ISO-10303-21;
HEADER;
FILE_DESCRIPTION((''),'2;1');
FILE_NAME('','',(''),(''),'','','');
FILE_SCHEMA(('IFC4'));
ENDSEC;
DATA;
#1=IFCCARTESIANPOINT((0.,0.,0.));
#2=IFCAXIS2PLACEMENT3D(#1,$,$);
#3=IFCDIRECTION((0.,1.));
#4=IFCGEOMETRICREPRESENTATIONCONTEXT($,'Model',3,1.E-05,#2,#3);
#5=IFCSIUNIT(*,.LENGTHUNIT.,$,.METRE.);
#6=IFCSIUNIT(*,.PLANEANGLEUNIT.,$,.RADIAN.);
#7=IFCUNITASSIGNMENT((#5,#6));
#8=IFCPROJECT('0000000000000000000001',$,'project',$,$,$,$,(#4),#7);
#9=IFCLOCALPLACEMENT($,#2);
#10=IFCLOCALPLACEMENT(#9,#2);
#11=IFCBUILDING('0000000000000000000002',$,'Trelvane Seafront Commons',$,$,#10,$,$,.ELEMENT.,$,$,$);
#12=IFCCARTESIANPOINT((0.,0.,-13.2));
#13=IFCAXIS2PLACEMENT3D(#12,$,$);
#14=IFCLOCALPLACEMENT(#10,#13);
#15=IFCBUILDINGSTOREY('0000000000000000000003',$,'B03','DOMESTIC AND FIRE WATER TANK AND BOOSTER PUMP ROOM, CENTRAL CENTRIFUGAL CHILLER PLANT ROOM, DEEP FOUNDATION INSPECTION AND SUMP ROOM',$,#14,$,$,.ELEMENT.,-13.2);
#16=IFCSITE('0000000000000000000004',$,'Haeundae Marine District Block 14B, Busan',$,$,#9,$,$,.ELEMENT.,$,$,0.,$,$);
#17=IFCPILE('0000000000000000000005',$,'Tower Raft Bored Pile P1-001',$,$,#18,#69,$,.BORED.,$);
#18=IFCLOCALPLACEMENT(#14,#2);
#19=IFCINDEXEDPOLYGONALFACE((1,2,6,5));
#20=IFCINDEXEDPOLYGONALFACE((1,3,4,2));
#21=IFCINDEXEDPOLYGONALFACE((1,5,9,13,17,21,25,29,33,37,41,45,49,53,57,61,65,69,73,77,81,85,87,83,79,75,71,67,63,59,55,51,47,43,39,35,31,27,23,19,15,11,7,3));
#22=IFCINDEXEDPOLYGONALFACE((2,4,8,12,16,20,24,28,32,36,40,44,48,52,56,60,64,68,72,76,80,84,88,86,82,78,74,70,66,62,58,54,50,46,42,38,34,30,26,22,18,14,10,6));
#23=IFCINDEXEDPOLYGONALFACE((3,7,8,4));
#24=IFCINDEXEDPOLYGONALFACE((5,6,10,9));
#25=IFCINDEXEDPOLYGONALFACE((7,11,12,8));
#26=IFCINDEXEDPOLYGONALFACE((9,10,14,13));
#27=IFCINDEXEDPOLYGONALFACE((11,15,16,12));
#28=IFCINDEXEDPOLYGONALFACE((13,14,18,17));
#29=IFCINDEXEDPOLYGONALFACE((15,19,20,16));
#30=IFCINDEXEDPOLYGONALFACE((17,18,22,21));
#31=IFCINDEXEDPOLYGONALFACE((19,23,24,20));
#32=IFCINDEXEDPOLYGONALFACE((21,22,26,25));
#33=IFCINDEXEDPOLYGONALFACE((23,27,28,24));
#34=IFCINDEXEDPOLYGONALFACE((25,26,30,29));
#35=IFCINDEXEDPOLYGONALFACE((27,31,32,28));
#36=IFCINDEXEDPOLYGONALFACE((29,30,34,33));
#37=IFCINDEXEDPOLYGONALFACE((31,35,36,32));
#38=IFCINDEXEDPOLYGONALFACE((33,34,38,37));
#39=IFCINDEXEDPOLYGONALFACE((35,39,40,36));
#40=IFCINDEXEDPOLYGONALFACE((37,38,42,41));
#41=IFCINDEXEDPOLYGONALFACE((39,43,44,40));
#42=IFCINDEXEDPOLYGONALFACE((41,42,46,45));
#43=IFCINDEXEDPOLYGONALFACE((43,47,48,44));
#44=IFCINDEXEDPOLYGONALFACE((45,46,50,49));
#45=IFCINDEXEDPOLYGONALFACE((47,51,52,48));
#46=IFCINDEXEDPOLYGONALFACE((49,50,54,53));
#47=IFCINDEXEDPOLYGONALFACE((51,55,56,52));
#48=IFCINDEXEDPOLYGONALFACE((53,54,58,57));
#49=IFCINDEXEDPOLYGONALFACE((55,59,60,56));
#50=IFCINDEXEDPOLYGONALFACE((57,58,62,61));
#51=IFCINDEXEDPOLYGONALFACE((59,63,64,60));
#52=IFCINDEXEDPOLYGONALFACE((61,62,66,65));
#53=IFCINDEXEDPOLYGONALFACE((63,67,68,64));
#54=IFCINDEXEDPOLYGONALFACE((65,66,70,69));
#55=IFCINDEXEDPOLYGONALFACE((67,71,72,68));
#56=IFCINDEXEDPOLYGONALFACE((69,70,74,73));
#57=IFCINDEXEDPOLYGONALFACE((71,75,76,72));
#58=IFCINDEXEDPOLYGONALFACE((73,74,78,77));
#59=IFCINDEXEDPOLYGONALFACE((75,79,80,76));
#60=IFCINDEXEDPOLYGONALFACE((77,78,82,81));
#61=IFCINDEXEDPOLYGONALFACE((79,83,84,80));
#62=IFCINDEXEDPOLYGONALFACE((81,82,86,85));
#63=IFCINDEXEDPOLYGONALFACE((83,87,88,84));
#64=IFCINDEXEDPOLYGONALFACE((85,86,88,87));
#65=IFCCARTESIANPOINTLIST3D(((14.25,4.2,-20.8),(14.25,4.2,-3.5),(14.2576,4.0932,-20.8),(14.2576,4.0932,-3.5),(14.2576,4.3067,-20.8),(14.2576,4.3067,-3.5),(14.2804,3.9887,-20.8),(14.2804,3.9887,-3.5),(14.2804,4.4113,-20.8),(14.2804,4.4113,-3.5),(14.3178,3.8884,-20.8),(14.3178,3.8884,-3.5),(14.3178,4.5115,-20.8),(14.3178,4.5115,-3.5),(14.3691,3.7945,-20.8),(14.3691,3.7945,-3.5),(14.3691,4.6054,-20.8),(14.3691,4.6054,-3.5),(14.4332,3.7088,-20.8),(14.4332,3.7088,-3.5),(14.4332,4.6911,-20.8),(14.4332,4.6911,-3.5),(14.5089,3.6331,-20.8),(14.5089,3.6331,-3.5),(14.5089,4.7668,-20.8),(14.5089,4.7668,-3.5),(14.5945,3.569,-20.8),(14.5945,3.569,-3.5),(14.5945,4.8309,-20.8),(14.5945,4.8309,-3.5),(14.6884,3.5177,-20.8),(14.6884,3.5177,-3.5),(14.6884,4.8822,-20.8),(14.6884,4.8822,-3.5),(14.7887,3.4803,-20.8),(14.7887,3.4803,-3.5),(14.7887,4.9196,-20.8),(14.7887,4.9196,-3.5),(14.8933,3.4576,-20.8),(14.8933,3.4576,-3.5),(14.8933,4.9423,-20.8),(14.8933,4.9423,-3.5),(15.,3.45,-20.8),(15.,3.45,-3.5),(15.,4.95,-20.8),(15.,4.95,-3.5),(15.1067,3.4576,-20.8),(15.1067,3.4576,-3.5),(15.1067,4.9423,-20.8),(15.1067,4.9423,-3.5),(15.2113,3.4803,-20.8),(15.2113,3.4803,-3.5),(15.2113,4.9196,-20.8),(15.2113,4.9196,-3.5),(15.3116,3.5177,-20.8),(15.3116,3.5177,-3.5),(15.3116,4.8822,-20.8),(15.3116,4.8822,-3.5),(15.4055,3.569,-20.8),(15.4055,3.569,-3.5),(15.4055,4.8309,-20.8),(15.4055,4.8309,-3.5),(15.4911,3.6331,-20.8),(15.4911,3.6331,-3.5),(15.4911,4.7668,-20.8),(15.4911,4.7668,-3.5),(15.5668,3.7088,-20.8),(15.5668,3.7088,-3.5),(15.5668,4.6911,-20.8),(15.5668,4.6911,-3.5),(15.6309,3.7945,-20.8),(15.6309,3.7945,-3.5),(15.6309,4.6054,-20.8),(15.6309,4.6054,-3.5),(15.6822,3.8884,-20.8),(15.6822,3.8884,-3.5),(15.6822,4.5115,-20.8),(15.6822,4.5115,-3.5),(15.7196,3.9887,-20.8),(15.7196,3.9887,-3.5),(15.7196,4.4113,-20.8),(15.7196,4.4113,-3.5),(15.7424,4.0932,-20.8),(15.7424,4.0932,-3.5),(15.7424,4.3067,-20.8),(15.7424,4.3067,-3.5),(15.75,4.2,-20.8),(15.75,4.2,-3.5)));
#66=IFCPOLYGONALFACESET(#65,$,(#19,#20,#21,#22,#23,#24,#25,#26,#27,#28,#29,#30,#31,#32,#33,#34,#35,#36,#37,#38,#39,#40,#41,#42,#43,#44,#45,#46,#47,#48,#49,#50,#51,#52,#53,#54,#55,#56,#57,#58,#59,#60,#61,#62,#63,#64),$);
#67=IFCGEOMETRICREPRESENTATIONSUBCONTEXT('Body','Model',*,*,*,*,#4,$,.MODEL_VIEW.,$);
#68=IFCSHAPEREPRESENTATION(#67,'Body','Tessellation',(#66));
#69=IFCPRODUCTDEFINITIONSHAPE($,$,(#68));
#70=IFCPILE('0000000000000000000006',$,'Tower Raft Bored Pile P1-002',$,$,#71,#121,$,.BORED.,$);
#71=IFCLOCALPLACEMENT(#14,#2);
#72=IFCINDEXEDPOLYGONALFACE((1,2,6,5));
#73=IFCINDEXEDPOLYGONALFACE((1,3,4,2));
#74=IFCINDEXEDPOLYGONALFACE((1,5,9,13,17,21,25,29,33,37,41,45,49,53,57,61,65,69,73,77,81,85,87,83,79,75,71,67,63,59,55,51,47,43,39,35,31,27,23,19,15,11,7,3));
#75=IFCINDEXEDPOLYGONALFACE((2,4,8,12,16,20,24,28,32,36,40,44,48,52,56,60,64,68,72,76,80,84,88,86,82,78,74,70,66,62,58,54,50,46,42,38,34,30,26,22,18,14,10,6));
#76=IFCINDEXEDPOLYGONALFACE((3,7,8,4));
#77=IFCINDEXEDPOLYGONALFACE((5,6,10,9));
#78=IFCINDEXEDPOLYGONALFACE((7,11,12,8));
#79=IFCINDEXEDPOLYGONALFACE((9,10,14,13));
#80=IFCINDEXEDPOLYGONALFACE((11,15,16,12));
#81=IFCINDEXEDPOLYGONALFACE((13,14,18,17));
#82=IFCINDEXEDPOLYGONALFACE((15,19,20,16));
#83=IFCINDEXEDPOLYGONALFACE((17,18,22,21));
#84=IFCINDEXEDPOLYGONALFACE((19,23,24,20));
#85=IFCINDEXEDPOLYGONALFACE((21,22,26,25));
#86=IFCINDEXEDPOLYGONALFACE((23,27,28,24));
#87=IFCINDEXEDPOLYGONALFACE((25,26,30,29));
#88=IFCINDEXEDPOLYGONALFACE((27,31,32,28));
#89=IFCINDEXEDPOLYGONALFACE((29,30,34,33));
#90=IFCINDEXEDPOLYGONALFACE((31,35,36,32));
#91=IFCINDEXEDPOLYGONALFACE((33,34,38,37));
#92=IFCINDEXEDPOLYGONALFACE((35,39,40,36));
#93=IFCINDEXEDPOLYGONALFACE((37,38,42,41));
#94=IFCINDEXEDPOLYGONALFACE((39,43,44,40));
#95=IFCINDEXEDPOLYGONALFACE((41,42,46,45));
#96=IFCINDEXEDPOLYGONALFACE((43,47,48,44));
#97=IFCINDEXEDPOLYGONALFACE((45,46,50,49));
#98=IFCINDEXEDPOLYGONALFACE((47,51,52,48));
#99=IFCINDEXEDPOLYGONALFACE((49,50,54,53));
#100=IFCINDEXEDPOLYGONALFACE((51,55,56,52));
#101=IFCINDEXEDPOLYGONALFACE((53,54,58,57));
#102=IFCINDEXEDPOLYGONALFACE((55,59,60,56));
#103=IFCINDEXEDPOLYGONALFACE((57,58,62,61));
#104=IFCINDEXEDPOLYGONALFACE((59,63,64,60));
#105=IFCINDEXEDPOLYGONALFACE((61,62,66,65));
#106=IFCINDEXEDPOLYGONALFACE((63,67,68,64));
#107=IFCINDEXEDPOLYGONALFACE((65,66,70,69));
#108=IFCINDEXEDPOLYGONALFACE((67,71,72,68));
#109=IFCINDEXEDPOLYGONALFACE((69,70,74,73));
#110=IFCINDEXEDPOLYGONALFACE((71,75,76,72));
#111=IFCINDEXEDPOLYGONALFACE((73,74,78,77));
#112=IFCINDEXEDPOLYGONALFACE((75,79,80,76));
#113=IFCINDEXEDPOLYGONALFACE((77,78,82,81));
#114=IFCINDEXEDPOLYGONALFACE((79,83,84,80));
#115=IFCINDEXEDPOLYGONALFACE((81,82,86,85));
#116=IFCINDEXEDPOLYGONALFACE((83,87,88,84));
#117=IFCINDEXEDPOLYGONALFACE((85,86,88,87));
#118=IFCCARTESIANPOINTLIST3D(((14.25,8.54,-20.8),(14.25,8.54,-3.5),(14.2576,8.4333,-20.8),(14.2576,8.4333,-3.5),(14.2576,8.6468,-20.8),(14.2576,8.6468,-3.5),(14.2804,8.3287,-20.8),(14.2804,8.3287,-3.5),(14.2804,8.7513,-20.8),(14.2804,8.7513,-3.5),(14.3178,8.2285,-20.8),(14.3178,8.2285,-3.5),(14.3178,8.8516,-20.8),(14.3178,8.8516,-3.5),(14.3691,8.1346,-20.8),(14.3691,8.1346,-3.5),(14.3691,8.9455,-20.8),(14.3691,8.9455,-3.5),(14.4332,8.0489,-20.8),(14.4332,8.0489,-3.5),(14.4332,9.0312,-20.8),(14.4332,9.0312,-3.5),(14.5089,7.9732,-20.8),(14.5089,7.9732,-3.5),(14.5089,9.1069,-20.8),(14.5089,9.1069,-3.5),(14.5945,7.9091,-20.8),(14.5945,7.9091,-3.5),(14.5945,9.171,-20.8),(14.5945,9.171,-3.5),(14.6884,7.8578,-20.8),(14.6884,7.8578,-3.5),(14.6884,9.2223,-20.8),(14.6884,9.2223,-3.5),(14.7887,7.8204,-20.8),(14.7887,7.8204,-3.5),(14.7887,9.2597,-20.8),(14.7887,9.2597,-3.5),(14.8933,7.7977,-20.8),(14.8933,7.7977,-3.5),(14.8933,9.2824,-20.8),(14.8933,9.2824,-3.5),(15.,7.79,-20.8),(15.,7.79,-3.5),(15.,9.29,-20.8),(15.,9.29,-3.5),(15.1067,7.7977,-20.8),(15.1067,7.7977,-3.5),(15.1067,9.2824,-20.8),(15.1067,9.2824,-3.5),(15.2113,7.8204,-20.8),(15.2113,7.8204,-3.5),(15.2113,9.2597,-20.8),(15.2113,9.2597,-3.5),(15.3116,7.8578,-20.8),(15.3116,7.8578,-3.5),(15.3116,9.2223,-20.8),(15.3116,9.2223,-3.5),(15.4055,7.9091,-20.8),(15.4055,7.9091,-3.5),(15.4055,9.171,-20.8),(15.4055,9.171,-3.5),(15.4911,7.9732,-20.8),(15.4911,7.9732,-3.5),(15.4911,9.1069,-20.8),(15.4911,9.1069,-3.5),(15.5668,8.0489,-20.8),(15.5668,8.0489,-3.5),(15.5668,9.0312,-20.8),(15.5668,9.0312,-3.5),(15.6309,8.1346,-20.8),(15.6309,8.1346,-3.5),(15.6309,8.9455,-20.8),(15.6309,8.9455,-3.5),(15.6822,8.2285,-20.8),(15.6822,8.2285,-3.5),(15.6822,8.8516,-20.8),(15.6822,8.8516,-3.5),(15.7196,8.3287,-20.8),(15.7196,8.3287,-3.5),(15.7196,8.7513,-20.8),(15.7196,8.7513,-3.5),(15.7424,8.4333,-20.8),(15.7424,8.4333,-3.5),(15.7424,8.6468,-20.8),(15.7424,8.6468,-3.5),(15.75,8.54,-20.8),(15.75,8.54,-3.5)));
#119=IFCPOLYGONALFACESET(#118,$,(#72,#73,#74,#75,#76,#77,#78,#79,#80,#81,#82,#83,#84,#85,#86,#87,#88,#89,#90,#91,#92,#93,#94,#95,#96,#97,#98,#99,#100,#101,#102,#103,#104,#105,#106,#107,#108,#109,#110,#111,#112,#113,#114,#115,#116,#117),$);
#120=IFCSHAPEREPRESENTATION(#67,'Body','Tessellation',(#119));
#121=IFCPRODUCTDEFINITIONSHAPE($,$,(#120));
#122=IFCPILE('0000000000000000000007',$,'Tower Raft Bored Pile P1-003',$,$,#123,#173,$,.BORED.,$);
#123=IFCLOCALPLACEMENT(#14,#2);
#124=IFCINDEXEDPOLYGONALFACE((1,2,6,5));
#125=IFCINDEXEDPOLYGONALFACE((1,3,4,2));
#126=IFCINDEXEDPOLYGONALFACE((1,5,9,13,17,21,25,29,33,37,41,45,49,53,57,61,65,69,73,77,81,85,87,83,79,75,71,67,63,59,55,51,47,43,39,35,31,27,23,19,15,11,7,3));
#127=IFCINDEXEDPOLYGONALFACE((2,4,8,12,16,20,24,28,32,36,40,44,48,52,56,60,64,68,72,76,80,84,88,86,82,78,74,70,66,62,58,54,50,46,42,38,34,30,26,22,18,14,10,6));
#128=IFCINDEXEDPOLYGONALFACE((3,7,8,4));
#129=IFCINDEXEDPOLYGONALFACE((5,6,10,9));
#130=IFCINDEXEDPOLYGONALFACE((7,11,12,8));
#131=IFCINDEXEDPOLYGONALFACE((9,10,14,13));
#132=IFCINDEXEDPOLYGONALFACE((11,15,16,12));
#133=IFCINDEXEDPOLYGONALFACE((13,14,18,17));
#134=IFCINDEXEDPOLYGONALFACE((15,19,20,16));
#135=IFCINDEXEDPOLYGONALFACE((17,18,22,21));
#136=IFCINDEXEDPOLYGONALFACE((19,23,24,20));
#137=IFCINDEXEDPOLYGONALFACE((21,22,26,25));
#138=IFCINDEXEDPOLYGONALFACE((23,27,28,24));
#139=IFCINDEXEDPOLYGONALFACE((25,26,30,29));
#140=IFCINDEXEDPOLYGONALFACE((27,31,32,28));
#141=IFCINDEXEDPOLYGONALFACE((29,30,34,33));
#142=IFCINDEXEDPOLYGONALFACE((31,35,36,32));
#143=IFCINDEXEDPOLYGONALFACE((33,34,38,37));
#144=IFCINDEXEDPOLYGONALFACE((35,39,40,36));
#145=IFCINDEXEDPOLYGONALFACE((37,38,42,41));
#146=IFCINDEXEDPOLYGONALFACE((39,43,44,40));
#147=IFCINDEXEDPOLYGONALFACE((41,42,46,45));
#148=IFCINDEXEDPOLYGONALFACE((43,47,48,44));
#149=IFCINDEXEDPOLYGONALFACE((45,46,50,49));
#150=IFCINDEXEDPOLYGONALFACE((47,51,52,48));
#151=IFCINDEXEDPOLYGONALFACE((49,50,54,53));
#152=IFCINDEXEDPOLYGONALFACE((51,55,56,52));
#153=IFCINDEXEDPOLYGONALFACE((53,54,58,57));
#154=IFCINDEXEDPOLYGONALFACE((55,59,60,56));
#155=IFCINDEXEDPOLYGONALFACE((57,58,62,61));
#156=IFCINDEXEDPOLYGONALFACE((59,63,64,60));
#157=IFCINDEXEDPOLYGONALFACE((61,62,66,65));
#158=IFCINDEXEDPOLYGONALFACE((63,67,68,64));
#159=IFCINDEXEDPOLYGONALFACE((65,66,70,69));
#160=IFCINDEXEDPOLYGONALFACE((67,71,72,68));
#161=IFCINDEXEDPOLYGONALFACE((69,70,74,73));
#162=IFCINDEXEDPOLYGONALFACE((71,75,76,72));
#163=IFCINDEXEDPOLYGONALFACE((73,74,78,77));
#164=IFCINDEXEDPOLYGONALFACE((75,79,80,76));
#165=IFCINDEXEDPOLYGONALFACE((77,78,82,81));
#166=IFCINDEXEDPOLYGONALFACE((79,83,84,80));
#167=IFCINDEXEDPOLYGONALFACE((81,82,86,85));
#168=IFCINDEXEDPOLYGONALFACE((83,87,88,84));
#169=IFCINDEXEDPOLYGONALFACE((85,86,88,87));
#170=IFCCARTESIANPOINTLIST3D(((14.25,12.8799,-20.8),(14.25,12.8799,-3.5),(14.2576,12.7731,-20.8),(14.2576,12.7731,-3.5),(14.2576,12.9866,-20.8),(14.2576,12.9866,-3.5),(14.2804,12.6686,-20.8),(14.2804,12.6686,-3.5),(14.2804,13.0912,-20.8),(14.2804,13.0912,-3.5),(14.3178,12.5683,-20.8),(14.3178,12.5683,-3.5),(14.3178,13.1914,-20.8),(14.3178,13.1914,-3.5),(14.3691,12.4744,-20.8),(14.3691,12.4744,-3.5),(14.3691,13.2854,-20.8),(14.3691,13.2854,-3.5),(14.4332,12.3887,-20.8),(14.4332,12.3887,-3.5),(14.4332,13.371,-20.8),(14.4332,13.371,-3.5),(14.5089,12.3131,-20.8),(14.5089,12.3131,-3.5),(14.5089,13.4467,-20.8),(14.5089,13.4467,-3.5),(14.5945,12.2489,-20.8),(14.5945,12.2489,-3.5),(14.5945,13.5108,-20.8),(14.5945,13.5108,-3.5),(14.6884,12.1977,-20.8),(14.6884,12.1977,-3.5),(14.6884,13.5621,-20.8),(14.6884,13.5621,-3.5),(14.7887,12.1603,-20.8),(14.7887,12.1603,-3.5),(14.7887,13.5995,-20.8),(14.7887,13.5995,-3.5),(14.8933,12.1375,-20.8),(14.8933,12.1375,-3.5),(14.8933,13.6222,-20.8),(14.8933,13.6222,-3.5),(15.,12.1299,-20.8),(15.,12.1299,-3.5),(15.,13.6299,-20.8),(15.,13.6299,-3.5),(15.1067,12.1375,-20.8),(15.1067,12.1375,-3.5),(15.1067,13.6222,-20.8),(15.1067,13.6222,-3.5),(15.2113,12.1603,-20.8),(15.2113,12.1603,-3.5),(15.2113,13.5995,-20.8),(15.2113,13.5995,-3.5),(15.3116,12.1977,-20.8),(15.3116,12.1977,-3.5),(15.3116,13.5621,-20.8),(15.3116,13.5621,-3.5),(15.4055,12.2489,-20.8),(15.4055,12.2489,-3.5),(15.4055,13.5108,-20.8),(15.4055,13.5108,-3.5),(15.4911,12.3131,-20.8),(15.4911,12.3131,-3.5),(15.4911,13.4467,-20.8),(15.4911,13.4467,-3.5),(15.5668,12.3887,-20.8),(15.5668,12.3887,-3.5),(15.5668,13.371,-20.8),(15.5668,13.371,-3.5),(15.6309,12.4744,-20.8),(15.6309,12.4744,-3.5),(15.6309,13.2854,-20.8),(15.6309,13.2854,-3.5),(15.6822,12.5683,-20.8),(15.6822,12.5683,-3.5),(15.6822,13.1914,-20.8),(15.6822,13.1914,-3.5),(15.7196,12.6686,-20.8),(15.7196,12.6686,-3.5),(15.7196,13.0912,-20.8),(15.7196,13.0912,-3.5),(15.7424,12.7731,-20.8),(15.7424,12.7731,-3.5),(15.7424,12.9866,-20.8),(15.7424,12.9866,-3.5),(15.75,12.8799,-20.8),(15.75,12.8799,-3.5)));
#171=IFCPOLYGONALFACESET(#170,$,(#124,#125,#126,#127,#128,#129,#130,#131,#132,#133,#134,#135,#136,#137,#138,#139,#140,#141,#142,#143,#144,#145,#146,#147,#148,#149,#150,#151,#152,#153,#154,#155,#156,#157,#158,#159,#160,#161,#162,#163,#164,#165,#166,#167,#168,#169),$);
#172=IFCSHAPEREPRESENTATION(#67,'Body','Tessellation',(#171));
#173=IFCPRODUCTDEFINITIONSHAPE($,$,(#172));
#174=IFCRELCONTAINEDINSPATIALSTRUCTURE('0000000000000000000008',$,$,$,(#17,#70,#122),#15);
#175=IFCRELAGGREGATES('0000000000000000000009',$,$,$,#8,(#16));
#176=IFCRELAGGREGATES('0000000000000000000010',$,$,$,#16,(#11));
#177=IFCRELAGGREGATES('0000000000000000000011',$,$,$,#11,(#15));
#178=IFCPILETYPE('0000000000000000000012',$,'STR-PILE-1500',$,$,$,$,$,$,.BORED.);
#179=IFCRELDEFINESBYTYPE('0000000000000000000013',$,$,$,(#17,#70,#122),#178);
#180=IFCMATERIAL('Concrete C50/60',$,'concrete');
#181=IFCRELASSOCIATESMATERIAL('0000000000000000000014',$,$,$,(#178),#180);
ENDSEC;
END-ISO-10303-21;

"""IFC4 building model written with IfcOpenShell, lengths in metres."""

from ifc_helpers import new_model, si_unit, direction, frame, origin, origin_2d, place, context, subcontext, project, spatial, circle, extrude, source, transform, mapped, material, material_profile, profile_set, type_object, element, save


model = new_model("IFC4")

# Units and contexts
model_context = context("Model", 3, precision=1e-05, world=origin(), true_north=direction((0.0, 1.0)))
body_context = subcontext(model_context, "Body", "Model", "MODEL_VIEW")
ifc_project = project(units=[si_unit("LENGTHUNIT", "METRE"), si_unit("PLANEANGLEUNIT", "RADIAN")], contexts=[model_context])

# Site, building, storey
site_placement = place(None, origin())
site = spatial("IfcSite", under=ifc_project, at=site_placement, Name="Haeundae Marine District Block 14B, Busan", CompositionType="ELEMENT", RefElevation=0.0)
building_placement = place(site_placement, origin())
building = spatial("IfcBuilding", under=site, at=building_placement, Name="Trelvane Seafront Commons", CompositionType="ELEMENT")
storey_placement = place(building_placement, frame((0.0, 0.0, -13.2)))
storey = spatial("IfcBuildingStorey", under=building, at=storey_placement, Name="B03", Description="DOMESTIC AND FIRE WATER TANK AND BOOSTER PUMP ROOM, CENTRAL CENTRIFUGAL CHILLER PLANT ROOM, DEEP FOUNDATION INSPECTION AND SUMP ROOM", CompositionType="ELEMENT", Elevation=-13.2)

# Piles
ifc_material_1 = material(Name="Concrete C50/60", Category="concrete")
ifc_material_profile_1 = material_profile(ifc_material_1, circle(Radius=0.75, at=origin_2d()), Name="PILE-1500")
ifc_profile_set_1 = profile_set([ifc_material_profile_1], Name="Concrete C50/60")
pile_type = type_object("IfcPileType", Name="STR-PILE-1500", PredefinedType="BORED", material=ifc_profile_set_1)
shared_shape_1 = source(origin(), body_context, "Body", "SweptSolid", [
    extrude(circle(Radius=0.75, at=origin_2d()), origin(), (0.0, 0.0, 1.0), 17.3),
])
for number, where, z_axis, x_axis, name in (
    (1, (15.0, 4.2, -3.5), (0.0, 0.0, -1.0), (1.0, 0.0, 0.0), "Tower Raft Bored Pile P1-001"),
    (2, (15.0, 8.54, -3.5), (0.0, 0.0, -1.0), (1.0, 0.0, 0.0), "Tower Raft Bored Pile P1-002"),
    (3, (15.0, 12.8799, -3.5), (0.0, 0.0, -1.0), (1.0, 0.0, 0.0), "Tower Raft Bored Pile P1-003"),
):
    element("IfcPile", number, at=place(storey_placement, frame(where, z_axis=z_axis, x_axis=x_axis)), inside=storey, type_object=pile_type, Name=name, PredefinedType="BORED", context=body_context, shape_type="MappedRepresentation", body=[
        mapped(shared_shape_1, transform((0.0, 0.0, 0.0), x_axis=(1.0, 0.0, 0.0), y_axis=(0.0, 1.0, 0.0), z_axis=(0.0, 0.0, 1.0), scale=1.0)),
    ])

save(model, "model.ifc")
